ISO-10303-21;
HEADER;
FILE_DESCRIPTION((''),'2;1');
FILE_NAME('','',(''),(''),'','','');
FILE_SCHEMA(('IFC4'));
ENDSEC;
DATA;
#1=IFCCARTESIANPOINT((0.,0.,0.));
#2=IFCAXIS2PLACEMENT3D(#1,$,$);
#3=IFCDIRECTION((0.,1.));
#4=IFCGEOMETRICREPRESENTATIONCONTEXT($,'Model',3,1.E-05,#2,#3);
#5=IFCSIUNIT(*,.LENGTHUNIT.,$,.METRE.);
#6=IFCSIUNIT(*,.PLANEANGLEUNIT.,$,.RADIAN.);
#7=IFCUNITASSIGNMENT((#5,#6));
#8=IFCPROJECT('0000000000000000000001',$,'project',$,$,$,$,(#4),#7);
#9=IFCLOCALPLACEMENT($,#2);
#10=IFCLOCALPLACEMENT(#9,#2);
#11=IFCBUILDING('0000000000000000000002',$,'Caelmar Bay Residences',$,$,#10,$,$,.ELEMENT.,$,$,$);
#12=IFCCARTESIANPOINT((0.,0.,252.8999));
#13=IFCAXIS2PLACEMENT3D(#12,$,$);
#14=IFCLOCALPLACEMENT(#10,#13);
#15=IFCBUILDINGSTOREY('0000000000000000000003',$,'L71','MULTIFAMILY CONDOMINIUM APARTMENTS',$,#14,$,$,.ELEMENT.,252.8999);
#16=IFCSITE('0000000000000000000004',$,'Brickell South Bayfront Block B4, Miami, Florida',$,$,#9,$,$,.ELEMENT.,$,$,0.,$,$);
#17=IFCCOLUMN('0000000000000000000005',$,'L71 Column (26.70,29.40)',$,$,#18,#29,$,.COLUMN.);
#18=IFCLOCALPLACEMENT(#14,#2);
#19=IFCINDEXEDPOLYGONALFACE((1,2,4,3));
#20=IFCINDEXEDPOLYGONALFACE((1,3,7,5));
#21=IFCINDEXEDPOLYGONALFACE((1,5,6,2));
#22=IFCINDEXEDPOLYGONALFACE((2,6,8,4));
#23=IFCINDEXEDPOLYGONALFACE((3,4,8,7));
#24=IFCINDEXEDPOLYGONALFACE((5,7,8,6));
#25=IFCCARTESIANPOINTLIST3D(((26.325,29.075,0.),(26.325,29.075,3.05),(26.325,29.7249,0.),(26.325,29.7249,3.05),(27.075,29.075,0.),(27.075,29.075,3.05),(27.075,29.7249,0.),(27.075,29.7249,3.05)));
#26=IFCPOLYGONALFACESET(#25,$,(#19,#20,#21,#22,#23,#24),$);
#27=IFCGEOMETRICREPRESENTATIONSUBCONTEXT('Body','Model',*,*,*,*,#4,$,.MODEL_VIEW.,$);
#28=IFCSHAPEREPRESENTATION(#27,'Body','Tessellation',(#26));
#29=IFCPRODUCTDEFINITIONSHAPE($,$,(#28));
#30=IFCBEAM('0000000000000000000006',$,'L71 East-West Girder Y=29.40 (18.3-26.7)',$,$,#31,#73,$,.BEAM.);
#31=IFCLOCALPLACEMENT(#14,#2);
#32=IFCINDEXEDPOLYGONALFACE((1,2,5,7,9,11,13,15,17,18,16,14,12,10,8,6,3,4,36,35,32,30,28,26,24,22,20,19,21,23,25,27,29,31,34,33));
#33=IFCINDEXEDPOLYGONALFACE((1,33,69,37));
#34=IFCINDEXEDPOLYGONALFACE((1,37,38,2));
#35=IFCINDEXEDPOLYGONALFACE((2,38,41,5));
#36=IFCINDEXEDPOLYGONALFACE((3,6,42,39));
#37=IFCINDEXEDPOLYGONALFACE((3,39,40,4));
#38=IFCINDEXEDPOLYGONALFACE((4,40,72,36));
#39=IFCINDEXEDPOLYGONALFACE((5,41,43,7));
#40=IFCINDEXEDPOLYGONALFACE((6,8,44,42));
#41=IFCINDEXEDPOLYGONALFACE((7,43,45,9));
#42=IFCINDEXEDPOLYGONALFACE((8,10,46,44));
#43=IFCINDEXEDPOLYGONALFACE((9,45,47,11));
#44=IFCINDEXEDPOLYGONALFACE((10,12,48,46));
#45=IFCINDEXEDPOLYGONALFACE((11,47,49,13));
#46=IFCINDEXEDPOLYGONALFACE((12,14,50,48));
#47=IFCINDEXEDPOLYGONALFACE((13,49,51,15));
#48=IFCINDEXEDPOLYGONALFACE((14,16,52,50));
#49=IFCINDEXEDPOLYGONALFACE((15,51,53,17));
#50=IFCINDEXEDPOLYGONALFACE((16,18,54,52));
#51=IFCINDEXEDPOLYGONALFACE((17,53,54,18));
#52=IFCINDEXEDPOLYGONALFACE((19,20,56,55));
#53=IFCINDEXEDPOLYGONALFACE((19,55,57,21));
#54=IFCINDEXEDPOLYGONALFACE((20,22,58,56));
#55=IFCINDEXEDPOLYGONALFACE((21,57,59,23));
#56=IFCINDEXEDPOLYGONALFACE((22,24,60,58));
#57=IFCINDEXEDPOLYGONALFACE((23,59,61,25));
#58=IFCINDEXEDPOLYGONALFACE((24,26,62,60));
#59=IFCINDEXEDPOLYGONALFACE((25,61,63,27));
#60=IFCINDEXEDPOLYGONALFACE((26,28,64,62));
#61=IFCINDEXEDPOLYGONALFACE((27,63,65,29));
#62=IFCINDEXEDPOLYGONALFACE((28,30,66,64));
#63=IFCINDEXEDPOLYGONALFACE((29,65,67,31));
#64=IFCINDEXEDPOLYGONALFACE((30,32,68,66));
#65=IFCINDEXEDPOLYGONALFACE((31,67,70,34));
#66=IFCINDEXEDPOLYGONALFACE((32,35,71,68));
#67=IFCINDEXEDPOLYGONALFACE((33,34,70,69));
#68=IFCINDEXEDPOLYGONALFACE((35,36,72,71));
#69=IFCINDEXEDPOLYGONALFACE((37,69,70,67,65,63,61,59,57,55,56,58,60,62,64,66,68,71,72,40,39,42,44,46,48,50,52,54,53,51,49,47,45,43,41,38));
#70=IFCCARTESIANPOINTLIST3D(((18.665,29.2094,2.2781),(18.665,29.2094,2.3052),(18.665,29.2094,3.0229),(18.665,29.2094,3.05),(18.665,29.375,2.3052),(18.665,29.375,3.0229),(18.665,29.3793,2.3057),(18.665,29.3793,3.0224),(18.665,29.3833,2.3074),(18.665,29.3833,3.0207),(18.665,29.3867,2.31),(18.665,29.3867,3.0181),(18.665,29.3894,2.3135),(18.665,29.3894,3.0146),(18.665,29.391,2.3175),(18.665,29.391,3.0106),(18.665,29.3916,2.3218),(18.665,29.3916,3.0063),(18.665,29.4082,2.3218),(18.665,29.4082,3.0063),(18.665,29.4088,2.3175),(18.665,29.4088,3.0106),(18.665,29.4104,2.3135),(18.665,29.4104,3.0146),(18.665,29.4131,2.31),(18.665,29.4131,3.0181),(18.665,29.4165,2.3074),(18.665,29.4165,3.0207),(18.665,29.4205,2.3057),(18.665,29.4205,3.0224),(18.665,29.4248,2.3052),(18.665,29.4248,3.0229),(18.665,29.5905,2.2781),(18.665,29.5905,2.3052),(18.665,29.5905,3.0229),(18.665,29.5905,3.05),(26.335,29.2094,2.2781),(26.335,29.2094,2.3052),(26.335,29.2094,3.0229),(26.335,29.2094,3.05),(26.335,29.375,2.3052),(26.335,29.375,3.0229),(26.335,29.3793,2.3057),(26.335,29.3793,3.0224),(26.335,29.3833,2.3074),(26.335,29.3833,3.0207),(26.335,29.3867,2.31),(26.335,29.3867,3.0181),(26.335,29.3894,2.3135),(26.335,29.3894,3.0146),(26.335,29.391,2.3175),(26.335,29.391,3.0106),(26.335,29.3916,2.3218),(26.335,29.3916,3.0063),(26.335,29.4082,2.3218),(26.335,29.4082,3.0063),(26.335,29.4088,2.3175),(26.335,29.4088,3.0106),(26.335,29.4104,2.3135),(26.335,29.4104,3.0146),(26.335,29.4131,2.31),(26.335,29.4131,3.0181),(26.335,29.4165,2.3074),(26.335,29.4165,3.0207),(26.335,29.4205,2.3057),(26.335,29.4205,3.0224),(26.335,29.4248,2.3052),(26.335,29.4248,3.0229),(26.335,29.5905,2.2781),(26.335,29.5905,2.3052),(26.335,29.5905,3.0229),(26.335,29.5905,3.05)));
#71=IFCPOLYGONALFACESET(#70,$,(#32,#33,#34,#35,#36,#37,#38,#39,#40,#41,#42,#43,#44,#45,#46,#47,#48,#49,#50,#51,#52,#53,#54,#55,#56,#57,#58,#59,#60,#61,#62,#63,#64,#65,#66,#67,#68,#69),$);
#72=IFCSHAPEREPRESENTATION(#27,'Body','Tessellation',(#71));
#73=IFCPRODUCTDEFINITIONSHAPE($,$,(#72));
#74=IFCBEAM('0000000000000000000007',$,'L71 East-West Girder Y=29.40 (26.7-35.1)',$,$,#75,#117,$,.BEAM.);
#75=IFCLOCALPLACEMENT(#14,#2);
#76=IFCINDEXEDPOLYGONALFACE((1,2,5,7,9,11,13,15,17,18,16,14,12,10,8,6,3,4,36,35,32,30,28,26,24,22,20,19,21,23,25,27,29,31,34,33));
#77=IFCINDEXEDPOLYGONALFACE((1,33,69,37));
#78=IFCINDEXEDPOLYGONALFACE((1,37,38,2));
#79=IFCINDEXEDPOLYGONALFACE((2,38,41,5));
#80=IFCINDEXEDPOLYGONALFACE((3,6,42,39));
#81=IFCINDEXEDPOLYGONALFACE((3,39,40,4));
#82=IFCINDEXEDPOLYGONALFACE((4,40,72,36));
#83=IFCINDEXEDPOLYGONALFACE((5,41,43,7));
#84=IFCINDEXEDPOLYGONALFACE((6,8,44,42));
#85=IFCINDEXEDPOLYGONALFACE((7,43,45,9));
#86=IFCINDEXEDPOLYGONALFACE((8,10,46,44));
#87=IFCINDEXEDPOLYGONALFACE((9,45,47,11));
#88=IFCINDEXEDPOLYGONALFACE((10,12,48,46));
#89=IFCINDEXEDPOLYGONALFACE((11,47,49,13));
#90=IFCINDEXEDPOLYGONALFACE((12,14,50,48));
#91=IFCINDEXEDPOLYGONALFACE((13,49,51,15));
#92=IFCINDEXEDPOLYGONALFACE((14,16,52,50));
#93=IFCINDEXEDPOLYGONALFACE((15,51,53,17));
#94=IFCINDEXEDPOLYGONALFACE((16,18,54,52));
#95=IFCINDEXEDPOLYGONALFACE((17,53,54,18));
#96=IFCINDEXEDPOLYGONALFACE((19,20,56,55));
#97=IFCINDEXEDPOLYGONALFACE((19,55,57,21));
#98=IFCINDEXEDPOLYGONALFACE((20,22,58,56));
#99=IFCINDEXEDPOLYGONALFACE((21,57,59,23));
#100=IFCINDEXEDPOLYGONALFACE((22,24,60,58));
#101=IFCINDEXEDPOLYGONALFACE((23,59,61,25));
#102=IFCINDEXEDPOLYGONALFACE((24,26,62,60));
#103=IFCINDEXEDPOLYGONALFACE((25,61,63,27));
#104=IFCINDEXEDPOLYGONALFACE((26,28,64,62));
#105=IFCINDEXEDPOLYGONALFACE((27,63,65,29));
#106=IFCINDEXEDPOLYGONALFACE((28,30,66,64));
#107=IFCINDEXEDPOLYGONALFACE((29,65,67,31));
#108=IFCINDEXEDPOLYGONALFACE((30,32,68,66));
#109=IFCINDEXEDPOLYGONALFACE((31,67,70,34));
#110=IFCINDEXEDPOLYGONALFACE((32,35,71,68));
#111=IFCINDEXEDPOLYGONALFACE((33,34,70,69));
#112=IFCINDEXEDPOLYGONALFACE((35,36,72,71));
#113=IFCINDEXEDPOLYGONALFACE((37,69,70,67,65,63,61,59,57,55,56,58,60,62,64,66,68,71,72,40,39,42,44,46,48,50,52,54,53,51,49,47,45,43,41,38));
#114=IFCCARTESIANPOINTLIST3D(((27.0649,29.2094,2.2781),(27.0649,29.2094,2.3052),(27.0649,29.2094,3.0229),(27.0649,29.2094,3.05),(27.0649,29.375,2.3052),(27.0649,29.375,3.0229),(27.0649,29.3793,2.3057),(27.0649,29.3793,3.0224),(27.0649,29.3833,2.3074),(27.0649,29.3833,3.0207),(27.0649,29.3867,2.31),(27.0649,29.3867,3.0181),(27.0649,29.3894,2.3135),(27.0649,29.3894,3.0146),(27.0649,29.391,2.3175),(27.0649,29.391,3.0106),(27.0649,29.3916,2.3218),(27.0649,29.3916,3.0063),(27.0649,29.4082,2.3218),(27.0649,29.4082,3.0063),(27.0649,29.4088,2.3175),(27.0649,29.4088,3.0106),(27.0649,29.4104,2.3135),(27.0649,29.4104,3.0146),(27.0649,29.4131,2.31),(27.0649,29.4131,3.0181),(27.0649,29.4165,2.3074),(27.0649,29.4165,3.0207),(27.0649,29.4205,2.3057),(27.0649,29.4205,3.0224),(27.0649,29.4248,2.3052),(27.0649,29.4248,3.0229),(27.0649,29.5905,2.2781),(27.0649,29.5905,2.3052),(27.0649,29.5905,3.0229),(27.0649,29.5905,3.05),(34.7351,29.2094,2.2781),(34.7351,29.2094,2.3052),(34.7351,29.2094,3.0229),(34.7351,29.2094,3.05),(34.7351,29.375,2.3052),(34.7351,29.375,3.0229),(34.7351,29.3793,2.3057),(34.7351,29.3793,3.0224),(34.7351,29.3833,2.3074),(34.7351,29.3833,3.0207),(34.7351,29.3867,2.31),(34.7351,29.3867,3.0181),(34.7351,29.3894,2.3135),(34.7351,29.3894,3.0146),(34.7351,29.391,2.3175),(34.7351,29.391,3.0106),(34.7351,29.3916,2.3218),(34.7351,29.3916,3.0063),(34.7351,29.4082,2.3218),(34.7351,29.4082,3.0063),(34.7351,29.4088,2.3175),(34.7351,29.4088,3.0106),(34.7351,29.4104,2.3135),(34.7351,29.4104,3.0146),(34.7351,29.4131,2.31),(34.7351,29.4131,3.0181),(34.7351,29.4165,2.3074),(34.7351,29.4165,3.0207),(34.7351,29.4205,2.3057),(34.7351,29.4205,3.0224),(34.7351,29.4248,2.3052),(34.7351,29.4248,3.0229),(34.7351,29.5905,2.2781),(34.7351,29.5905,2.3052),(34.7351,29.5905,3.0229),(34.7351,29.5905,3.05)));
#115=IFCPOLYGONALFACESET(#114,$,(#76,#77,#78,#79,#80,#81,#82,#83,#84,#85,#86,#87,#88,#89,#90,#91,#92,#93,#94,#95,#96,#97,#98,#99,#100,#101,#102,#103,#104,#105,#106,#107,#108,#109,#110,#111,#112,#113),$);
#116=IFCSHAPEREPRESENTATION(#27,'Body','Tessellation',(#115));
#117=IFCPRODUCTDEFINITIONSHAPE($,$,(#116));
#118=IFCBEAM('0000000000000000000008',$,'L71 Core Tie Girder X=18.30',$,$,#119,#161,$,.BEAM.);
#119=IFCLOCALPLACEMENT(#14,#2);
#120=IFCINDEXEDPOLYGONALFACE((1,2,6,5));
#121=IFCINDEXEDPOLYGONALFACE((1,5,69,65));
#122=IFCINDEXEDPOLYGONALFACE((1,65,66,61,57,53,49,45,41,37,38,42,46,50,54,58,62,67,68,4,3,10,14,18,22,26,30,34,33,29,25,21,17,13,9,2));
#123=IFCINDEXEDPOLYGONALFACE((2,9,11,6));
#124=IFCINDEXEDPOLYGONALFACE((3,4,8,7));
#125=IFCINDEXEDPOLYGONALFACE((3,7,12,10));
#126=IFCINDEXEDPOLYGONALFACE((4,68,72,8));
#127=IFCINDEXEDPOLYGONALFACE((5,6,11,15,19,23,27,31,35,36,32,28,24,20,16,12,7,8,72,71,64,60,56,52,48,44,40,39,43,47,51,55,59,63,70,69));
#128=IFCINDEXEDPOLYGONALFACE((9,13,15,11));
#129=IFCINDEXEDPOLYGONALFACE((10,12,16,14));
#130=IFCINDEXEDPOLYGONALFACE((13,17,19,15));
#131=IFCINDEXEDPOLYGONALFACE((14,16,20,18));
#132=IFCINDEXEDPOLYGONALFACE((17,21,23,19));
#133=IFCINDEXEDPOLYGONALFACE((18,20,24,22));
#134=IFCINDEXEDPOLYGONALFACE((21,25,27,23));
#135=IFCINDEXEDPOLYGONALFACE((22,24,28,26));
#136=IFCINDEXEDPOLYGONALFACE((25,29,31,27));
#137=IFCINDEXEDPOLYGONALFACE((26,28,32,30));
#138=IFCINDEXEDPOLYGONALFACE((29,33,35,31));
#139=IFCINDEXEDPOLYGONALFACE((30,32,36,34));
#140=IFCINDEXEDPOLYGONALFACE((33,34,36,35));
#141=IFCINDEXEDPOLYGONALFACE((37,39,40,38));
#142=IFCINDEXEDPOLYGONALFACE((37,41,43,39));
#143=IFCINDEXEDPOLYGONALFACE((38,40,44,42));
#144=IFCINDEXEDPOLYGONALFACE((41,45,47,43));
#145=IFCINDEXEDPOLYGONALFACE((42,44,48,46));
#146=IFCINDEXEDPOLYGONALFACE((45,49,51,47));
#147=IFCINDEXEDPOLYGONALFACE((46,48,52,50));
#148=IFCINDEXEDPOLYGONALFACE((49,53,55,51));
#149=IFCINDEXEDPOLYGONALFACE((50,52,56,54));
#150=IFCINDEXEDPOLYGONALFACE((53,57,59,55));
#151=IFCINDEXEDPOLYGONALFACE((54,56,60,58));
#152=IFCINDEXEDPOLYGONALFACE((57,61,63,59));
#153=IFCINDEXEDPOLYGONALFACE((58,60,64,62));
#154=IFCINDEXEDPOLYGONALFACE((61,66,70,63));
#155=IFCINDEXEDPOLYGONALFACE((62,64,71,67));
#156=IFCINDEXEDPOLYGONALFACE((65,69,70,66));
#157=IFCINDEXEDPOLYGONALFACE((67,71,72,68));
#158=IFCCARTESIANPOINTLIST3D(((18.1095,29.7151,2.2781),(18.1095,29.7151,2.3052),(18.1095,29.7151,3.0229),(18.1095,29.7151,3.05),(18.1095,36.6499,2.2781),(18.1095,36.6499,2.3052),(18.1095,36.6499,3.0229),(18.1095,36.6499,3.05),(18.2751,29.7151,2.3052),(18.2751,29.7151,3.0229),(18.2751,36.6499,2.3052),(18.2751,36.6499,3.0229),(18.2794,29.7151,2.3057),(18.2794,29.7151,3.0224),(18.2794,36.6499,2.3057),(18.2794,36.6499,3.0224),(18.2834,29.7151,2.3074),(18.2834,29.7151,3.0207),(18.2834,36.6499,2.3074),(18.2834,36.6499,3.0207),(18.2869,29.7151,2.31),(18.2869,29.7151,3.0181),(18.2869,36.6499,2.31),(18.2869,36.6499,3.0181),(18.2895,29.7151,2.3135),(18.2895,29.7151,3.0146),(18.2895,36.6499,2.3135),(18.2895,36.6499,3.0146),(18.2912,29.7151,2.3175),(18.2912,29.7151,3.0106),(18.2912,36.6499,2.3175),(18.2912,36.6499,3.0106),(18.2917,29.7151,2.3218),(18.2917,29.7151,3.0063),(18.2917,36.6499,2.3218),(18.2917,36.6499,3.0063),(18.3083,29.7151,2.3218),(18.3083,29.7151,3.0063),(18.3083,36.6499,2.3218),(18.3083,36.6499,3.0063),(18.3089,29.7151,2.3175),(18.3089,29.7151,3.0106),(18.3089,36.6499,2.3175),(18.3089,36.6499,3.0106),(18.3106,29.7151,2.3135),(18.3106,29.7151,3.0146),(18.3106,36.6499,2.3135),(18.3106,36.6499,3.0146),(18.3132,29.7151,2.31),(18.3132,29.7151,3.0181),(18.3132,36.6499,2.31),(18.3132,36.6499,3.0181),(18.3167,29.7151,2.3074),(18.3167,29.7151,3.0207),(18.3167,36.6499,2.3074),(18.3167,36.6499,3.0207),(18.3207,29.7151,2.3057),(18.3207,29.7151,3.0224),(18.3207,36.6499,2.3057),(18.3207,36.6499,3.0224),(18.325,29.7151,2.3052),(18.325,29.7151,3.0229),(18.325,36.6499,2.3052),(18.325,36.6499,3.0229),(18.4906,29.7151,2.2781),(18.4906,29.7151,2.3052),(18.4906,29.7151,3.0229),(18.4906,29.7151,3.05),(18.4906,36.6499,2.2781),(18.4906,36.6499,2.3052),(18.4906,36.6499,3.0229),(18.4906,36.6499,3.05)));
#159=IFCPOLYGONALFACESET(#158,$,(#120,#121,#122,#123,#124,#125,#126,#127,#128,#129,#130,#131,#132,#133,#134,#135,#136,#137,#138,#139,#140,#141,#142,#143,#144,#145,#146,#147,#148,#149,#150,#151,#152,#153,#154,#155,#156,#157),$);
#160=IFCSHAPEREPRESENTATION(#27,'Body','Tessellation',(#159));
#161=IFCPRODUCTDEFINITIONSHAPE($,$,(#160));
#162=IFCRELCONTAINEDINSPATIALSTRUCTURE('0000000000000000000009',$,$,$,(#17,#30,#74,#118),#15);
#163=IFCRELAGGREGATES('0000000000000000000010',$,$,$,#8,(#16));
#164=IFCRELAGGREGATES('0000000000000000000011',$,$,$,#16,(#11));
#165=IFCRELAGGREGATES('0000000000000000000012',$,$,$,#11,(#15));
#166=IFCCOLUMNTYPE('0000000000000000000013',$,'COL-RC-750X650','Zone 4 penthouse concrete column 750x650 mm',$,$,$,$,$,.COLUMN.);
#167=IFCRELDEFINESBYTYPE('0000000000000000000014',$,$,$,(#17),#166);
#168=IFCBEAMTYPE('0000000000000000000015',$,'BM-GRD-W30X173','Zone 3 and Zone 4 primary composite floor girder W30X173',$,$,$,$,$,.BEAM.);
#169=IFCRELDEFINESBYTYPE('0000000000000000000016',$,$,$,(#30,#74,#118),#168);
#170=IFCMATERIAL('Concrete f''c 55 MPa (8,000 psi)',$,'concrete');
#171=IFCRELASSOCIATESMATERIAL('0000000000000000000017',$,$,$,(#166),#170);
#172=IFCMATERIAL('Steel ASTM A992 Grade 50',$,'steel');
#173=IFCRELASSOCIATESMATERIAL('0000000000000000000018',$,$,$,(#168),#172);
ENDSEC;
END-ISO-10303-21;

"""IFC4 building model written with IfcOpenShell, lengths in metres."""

from ifc_helpers import new_model, si_unit, direction, frame, origin, origin_2d, place, context, subcontext, project, spatial, rectangle, i_section, extrude, material, material_profile, profile_set, type_object, element, save


model = new_model("IFC4")

# Units and contexts
model_context = context("Model", 3, precision=1e-05, world=origin(), true_north=direction((0.0, 1.0)))
body_context = subcontext(model_context, "Body", "Model", "MODEL_VIEW")
ifc_project = project(units=[si_unit("LENGTHUNIT", "METRE"), si_unit("PLANEANGLEUNIT", "RADIAN")], contexts=[model_context])

# Site, building, storey
site_placement = place(None, origin())
site = spatial("IfcSite", under=ifc_project, at=site_placement, Name="Brickell South Bayfront Block B4, Miami, Florida", CompositionType="ELEMENT", RefElevation=0.0)
building_placement = place(site_placement, origin())
building = spatial("IfcBuilding", under=site, at=building_placement, Name="Caelmar Bay Residences", CompositionType="ELEMENT")
storey_placement = place(building_placement, frame((0.0, 0.0, 252.8999)))
storey = spatial("IfcBuildingStorey", under=building, at=storey_placement, Name="L71", Description="MULTIFAMILY CONDOMINIUM APARTMENTS", CompositionType="ELEMENT", Elevation=252.8999)

# Column
ifc_material_1 = material(Name="Concrete f'c 55 MPa (8,000 psi)", Category="concrete")
ifc_material_profile_1 = material_profile(ifc_material_1, rectangle(XDim=0.75, YDim=0.6499, at=origin_2d()), Name="RC-COL-750X650")
ifc_profile_set_1 = profile_set([ifc_material_profile_1], Name="Concrete f'c 55 MPa (8,000 psi)")
column_type = type_object("IfcColumnType", Name="COL-RC-750X650", Description="Zone 4 penthouse concrete column 750x650 mm", PredefinedType="COLUMN", material=ifc_profile_set_1)
column_placement = place(storey_placement, frame((26.7, 29.3999, 0.0), z_axis=(0.0, 0.0, 1.0), x_axis=(1.0, 0.0, 0.0)))
element("IfcColumn", 1, at=column_placement, inside=storey, type_object=column_type, Name="L71 Column (26.70,29.40)", PredefinedType="COLUMN", context=body_context, shape_type="SweptSolid", body=[
    extrude(rectangle(XDim=0.75, YDim=0.6499, at=origin_2d()), origin(), (0.0, 0.0, 1.0), 3.05),
])

# Beams
ifc_material_2 = material(Name="Steel ASTM A992 Grade 50", Category="steel")
ifc_material_profile_2 = material_profile(ifc_material_2, i_section(OverallWidth=0.3811, OverallDepth=0.772, WebThickness=0.0166, FlangeThickness=0.0271, FilletRadius=0.0166, at=origin_2d()), Name="W30X173")
ifc_profile_set_2 = profile_set([ifc_material_profile_2], Name="Steel ASTM A992 Grade 50")
beam_type_1 = type_object("IfcBeamType", Name="BM-GRD-W30X173", Description="Zone 3 and Zone 4 primary composite floor girder W30X173", PredefinedType="BEAM", material=ifc_profile_set_2)
beam_1_placement = place(storey_placement, frame((18.665, 29.3999, 2.6641), z_axis=(1.0, 0.0, 0.0), x_axis=(0.0, 1.0, 0.0)))
element("IfcBeam", 2, at=beam_1_placement, inside=storey, type_object=beam_type_1, Name="L71 East-West Girder Y=29.40 (18.3-26.7)", PredefinedType="BEAM", context=body_context, shape_type="SweptSolid", body=[
    extrude(i_section(OverallWidth=0.3811, OverallDepth=0.772, WebThickness=0.0166, FlangeThickness=0.0271, FilletRadius=0.0166, at=origin_2d()), origin(), (0.0, 0.0, 1.0), 7.6699),
])
beam_2_placement = place(storey_placement, frame((27.0649, 29.3999, 2.6641), z_axis=(1.0, 0.0, 0.0), x_axis=(0.0, 1.0, 0.0)))
element("IfcBeam", 3, at=beam_2_placement, inside=storey, type_object=beam_type_1, Name="L71 East-West Girder Y=29.40 (26.7-35.1)", PredefinedType="BEAM", context=body_context, shape_type="SweptSolid", body=[
    extrude(i_section(OverallWidth=0.3811, OverallDepth=0.772, WebThickness=0.0166, FlangeThickness=0.0271, FilletRadius=0.0166, at=origin_2d()), origin(), (0.0, 0.0, 1.0), 7.6702),
])
beam_3_placement = place(storey_placement, frame((18.3, 29.7151, 2.6641), z_axis=(0.0, 1.0, 0.0), x_axis=(-1.0, 0.0, 0.0)))
element("IfcBeam", 4, at=beam_3_placement, inside=storey, type_object=beam_type_1, Name="L71 Core Tie Girder X=18.30", PredefinedType="BEAM", context=body_context, shape_type="SweptSolid", body=[
    extrude(i_section(OverallWidth=0.3811, OverallDepth=0.772, WebThickness=0.0166, FlangeThickness=0.0271, FilletRadius=0.0166, at=origin_2d()), origin(), (0.0, 0.0, 1.0), 6.9348),
])

save(model, "model.ifc")
